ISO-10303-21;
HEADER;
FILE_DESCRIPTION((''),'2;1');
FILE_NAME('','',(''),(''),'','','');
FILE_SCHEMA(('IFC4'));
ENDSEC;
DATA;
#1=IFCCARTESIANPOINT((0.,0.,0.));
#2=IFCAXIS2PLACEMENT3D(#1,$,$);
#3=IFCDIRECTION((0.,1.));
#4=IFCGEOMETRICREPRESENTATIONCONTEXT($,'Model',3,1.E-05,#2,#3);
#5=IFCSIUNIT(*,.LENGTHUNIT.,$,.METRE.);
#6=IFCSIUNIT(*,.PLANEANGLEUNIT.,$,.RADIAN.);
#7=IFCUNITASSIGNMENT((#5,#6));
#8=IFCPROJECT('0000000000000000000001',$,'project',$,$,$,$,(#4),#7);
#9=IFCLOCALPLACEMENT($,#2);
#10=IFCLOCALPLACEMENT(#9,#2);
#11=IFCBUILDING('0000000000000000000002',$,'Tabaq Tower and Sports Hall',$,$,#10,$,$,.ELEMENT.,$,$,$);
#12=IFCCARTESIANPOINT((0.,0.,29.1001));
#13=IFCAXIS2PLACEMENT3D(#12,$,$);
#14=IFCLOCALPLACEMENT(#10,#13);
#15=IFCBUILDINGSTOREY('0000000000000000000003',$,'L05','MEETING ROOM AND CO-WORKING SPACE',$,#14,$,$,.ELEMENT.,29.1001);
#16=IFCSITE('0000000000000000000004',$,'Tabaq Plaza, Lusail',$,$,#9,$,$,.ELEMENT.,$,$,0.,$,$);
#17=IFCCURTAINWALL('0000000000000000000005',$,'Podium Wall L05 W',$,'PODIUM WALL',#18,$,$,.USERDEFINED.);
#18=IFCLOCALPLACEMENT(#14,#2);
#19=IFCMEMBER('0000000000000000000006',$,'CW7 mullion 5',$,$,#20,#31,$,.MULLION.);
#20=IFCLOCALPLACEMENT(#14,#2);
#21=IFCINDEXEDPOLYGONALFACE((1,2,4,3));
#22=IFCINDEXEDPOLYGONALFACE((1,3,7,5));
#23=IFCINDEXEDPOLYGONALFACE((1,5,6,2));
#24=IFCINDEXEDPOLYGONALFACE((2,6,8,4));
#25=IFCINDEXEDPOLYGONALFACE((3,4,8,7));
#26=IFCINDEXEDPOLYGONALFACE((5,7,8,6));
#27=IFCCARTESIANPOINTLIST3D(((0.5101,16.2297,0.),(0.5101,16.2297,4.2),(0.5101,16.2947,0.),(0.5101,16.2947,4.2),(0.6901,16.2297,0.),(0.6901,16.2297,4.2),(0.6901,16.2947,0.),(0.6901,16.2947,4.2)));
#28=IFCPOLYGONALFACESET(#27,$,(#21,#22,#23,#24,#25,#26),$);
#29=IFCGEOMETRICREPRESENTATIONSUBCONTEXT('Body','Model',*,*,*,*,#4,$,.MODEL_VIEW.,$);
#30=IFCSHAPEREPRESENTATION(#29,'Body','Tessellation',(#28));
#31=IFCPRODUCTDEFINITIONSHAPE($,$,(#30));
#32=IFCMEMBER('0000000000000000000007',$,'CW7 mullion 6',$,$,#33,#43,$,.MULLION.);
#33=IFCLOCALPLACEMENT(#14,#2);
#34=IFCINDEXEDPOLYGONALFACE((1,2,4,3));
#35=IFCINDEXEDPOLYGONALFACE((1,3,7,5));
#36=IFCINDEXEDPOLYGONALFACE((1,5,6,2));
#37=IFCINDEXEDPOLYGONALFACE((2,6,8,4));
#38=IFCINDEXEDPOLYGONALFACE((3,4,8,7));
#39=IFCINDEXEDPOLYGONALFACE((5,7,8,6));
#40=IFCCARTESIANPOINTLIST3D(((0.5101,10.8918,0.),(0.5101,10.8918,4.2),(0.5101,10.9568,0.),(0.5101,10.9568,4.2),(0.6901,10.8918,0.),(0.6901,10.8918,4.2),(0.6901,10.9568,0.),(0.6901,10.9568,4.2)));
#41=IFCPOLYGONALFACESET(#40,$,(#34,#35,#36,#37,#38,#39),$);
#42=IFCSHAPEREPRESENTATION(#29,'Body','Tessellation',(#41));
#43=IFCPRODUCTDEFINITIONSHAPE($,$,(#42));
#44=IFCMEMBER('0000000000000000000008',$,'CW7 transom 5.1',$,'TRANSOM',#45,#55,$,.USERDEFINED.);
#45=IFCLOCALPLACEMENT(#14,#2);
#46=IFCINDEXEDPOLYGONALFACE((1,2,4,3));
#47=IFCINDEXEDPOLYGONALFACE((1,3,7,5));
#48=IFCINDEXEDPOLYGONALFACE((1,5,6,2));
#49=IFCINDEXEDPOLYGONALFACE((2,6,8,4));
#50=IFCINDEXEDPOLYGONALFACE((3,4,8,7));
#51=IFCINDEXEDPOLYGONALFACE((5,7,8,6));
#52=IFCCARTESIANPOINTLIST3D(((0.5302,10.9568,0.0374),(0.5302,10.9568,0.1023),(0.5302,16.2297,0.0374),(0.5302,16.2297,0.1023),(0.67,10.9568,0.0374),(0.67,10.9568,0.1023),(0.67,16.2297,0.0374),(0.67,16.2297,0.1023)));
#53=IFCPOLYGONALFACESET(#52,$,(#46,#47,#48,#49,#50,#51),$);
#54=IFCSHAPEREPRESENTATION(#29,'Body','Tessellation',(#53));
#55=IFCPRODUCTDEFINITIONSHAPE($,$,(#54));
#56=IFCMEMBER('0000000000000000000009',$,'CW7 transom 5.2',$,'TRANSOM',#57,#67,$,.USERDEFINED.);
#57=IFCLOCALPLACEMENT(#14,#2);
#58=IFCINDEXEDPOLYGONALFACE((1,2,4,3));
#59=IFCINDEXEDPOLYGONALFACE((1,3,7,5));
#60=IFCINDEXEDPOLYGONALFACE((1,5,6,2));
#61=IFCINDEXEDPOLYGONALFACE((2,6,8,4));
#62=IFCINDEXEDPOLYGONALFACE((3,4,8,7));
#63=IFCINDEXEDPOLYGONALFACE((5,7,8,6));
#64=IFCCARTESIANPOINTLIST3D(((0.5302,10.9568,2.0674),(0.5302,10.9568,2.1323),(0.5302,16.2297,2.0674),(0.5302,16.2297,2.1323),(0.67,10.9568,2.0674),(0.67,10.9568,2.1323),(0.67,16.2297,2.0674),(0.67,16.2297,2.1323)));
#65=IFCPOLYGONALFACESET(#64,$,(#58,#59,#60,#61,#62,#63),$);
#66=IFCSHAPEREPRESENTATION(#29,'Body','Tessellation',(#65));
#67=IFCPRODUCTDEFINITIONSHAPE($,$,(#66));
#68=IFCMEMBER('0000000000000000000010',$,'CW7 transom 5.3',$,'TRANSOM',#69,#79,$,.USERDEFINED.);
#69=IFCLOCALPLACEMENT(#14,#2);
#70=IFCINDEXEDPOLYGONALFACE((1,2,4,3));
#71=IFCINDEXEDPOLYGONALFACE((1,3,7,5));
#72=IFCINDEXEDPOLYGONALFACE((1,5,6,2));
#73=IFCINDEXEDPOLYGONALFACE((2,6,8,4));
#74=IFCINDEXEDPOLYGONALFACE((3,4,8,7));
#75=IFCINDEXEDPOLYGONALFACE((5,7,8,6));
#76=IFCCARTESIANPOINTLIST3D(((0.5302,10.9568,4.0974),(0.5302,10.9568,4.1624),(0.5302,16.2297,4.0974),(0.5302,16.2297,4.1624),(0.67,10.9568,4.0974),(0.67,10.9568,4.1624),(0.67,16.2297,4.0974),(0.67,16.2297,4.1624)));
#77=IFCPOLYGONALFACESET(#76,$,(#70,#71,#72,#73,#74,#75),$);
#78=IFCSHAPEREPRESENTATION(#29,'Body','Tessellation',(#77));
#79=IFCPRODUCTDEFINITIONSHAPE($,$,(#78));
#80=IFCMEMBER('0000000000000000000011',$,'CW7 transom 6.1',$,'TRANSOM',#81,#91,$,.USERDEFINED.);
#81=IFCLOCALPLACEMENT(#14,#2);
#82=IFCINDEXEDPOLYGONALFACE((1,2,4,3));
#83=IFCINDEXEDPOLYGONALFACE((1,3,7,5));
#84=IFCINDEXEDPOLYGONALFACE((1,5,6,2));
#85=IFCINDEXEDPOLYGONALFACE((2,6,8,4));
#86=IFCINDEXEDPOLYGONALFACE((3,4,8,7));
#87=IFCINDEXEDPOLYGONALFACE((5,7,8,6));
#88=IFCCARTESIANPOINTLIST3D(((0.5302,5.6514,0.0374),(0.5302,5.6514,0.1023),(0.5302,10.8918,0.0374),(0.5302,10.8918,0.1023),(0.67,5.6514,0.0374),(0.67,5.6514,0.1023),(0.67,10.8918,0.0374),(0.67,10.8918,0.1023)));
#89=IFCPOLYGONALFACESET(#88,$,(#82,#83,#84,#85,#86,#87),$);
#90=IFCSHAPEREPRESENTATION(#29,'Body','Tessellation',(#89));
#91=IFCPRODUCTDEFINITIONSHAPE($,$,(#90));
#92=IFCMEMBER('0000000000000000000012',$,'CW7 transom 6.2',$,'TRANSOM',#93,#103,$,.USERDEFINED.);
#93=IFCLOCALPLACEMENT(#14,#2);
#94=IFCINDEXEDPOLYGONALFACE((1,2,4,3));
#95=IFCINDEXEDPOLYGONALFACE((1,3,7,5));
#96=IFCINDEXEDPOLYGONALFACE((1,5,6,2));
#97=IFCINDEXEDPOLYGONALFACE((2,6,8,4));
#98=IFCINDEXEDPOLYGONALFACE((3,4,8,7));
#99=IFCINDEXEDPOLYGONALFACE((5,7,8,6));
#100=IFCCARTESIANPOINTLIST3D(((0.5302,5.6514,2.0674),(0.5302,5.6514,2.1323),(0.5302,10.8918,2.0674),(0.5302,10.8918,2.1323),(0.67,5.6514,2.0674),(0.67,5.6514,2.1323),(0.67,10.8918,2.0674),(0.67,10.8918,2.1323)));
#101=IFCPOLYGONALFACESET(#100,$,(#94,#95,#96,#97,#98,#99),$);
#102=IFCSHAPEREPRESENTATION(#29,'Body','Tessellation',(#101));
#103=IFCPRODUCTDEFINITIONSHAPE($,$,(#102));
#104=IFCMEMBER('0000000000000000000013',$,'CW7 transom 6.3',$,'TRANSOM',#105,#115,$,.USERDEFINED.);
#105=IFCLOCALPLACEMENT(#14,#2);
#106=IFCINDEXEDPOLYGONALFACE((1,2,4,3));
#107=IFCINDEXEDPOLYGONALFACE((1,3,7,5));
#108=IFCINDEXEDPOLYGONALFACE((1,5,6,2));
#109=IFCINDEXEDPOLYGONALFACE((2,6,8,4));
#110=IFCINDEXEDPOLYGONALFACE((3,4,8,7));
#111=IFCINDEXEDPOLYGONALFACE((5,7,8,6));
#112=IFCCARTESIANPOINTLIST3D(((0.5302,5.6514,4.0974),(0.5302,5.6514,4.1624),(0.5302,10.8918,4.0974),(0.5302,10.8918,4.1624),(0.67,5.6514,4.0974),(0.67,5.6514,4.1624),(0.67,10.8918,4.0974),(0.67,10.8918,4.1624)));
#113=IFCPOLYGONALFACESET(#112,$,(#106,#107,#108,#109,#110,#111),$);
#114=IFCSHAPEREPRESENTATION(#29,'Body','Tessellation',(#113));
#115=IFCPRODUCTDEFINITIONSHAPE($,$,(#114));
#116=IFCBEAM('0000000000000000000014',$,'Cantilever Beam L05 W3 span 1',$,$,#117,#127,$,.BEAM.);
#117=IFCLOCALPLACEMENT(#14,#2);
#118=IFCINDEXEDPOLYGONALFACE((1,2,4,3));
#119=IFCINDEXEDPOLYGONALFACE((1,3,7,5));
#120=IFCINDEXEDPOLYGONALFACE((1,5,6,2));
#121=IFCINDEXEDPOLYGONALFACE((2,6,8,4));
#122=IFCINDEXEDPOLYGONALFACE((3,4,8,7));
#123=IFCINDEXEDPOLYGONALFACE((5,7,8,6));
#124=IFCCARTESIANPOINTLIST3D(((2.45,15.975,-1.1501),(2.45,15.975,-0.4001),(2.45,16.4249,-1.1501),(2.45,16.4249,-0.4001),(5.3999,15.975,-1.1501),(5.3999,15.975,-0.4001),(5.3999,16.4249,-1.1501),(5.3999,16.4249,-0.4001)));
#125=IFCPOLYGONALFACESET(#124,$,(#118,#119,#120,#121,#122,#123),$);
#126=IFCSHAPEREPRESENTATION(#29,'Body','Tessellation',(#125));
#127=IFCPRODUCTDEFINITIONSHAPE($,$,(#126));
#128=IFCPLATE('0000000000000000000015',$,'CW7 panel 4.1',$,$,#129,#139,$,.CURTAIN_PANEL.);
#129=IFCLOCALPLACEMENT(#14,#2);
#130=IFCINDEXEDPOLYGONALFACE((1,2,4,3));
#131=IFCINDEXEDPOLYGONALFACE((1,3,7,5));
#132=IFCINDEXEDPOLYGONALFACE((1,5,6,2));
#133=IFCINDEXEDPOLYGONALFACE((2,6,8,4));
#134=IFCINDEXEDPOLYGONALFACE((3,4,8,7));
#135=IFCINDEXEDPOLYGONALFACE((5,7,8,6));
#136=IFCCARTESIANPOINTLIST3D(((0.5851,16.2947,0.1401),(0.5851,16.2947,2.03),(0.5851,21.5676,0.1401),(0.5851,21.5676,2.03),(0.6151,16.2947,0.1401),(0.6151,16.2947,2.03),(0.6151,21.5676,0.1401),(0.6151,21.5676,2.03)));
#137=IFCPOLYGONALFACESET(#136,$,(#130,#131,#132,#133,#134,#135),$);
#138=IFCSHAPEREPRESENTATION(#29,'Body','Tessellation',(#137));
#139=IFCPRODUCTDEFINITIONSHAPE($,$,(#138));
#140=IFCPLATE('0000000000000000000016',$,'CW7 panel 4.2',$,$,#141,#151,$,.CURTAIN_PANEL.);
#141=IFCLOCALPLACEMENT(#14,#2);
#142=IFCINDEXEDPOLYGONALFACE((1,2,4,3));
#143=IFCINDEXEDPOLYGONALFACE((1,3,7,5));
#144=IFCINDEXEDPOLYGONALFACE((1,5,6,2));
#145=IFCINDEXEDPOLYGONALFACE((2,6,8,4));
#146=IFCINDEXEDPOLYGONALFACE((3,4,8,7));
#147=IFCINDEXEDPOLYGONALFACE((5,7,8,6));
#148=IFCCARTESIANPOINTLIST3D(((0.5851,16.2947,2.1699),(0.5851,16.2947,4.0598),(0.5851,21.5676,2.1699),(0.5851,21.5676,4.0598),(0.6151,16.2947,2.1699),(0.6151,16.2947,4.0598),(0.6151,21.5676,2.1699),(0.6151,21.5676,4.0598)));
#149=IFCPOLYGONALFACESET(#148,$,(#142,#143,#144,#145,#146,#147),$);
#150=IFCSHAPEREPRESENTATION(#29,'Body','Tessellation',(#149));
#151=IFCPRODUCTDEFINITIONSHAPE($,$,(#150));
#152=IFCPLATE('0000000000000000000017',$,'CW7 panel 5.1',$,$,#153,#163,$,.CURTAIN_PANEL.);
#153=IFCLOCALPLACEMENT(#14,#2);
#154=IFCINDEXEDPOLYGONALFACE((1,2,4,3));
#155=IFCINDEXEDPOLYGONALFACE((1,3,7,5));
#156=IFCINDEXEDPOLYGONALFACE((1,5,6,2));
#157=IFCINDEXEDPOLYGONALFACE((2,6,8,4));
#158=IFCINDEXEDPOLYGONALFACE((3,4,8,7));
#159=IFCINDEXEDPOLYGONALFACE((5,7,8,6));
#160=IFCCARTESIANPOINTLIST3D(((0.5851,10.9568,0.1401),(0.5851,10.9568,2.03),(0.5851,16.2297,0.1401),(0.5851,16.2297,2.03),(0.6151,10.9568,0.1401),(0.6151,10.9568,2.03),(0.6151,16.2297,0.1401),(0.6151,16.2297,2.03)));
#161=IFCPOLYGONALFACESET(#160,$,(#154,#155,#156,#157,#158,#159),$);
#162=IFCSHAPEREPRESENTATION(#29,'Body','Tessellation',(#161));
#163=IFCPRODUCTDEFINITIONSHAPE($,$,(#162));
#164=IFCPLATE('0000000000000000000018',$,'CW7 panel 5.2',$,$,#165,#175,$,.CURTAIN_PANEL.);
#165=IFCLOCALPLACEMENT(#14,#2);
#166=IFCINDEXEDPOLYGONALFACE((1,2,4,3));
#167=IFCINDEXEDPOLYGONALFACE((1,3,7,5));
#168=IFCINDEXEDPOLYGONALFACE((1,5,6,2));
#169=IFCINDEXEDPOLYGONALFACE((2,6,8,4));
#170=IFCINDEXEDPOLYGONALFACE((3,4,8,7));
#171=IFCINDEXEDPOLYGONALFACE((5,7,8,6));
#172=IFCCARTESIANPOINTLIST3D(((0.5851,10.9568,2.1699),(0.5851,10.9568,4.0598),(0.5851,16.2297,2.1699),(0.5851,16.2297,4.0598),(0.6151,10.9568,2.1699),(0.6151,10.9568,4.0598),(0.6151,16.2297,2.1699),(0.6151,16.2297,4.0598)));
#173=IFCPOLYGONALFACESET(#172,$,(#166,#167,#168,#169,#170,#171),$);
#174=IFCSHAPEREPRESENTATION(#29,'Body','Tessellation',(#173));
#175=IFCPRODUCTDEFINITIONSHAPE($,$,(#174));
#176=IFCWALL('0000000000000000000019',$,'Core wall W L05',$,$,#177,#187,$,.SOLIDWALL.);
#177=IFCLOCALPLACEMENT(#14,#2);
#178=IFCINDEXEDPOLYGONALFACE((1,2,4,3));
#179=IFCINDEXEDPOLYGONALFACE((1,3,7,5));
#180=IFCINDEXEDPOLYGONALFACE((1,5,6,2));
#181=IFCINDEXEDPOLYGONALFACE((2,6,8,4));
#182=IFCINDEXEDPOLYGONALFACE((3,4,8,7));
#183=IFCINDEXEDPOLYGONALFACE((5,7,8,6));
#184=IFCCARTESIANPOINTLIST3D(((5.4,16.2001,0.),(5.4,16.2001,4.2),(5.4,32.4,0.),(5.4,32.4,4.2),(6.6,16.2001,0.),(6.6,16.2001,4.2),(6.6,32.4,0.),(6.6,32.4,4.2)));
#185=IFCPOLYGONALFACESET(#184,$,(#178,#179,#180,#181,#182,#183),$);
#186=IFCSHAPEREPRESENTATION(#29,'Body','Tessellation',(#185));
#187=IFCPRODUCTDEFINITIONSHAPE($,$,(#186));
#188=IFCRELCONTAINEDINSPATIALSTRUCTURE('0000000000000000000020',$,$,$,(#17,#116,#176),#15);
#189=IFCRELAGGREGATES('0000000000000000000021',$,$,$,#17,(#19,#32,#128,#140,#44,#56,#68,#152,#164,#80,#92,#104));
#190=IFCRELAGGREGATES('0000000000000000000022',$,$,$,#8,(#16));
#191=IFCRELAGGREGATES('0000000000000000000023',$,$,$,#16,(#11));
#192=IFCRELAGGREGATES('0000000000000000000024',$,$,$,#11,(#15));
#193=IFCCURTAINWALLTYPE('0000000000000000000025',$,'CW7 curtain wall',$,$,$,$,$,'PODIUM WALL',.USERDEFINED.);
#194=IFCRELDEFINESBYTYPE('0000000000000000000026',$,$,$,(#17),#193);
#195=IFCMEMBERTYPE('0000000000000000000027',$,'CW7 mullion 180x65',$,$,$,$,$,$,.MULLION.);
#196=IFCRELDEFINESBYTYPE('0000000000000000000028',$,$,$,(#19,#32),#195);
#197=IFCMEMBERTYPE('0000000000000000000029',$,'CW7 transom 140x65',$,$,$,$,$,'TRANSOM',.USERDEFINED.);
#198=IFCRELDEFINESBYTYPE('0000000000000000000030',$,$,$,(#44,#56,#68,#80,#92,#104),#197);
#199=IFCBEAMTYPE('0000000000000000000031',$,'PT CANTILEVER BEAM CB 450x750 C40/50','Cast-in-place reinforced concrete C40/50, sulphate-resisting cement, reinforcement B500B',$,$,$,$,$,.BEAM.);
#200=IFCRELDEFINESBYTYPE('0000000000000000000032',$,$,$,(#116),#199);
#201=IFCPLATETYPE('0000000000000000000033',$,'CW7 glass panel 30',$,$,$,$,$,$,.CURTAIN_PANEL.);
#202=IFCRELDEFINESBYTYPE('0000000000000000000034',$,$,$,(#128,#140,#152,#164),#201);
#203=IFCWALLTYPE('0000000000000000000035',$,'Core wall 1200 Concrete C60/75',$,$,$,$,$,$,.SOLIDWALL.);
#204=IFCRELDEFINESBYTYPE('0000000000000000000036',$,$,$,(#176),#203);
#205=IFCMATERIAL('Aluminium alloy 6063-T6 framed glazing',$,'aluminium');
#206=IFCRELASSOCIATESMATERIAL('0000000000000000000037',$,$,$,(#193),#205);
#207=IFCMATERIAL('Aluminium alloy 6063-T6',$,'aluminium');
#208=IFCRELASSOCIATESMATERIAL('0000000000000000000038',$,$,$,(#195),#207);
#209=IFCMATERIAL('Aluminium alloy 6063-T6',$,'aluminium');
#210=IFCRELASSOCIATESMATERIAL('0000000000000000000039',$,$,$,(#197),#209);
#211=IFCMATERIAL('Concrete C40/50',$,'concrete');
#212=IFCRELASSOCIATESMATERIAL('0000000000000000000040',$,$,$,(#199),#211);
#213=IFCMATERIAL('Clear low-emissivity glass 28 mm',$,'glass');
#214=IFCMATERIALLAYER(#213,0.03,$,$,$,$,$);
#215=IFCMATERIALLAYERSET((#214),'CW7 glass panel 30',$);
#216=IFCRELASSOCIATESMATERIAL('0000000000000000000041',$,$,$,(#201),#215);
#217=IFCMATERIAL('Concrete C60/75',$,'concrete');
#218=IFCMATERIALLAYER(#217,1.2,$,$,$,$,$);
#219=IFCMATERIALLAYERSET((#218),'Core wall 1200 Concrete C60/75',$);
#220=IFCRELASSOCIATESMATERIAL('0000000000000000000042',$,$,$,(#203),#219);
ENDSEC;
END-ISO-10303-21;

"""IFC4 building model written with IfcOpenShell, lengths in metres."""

from ifc_helpers import new_model, si_unit, direction, frame, frame_2d, origin, origin_2d, place, context, subcontext, project, spatial, rectangle, extrude, material, layer, layer_set, material_profile, profile_set, type_object, element, aggregate, save


model = new_model("IFC4")

# Units and contexts
model_context = context("Model", 3, precision=1e-05, world=origin(), true_north=direction((0.0, 1.0)))
body_context = subcontext(model_context, "Body", "Model", "MODEL_VIEW")
ifc_project = project(units=[si_unit("LENGTHUNIT", "METRE"), si_unit("PLANEANGLEUNIT", "RADIAN")], contexts=[model_context])

# Site, building, storey
site_placement = place(None, origin())
site = spatial("IfcSite", under=ifc_project, at=site_placement, Name="Tabaq Plaza, Lusail", CompositionType="ELEMENT", RefElevation=0.0)
building_placement = place(site_placement, origin())
building = spatial("IfcBuilding", under=site, at=building_placement, Name="Tabaq Tower and Sports Hall", CompositionType="ELEMENT")
storey_placement = place(building_placement, frame((0.0, 0.0, 29.1001)))
storey = spatial("IfcBuildingStorey", under=building, at=storey_placement, Name="L05", Description="MEETING ROOM AND CO-WORKING SPACE", CompositionType="ELEMENT", Elevation=29.1001)

# Curtain wall, members
ifc_material_1 = material(Name="Aluminium alloy 6063-T6 framed glazing", Category="aluminium")
curtain_wall_type = type_object("IfcCurtainWallType", Name="CW7 curtain wall", ElementType="PODIUM WALL", PredefinedType="USERDEFINED", material=ifc_material_1)
curtain_wall_placement = place(storey_placement, origin())
curtain_wall = element("IfcCurtainWall", 1, at=curtain_wall_placement, inside=storey, type_object=curtain_wall_type, Name="Podium Wall L05 W", ObjectType="PODIUM WALL", PredefinedType="USERDEFINED")
ifc_material_2 = material(Name="Aluminium alloy 6063-T6", Category="aluminium")
ifc_material_profile_1 = material_profile(ifc_material_2, rectangle(XDim=0.1799, YDim=0.0649, at=origin_2d()), Name="MULLION 180x65")
ifc_profile_set_1 = profile_set([ifc_material_profile_1], Name="Aluminium alloy 6063-T6")
member_type_1 = type_object("IfcMemberType", Name="CW7 mullion 180x65", PredefinedType="MULLION", material=ifc_profile_set_1)
member_1_placement = place(storey_placement, frame((0.6001, 16.2622, 0.0), z_axis=(0.0, 0.0, 1.0), x_axis=(1.0, 0.0, 0.0)))
member_1 = element("IfcMember", 2, at=member_1_placement, type_object=member_type_1, Name="CW7 mullion 5", PredefinedType="MULLION", context=body_context, shape_type="SweptSolid", body=[
    extrude(rectangle(XDim=0.1799, YDim=0.0649, at=origin_2d()), origin(), (0.0, 0.0, 1.0), 4.2),
])
member_2_placement = place(storey_placement, frame((0.6001, 10.9243, 0.0), z_axis=(0.0, 0.0, 1.0), x_axis=(1.0, 0.0, 0.0)))
member_2 = element("IfcMember", 3, at=member_2_placement, type_object=member_type_1, Name="CW7 mullion 6", PredefinedType="MULLION", context=body_context, shape_type="SweptSolid", body=[
    extrude(rectangle(XDim=0.1799, YDim=0.0649, at=origin_2d()), origin(), (0.0, 0.0, 1.0), 4.2),
])
ifc_material_3 = material(Name="Aluminium alloy 6063-T6", Category="aluminium")
ifc_material_profile_2 = material_profile(ifc_material_3, rectangle(XDim=0.1399, YDim=0.0649, at=origin_2d()), Name="TRANSOM 140x65")
ifc_profile_set_2 = profile_set([ifc_material_profile_2], Name="Aluminium alloy 6063-T6")
member_type_2 = type_object("IfcMemberType", Name="CW7 transom 140x65", ElementType="TRANSOM", PredefinedType="USERDEFINED", material=ifc_profile_set_2)
member_3_placement = place(storey_placement, frame((0.6001, 16.2297, 0.0698), z_axis=(0.0, -1.0, 0.0), x_axis=(1.0, 0.0, 0.0)))
member_3 = element("IfcMember", 4, at=member_3_placement, type_object=member_type_2, Name="CW7 transom 5.1", ObjectType="TRANSOM", PredefinedType="USERDEFINED", context=body_context, shape_type="SweptSolid", body=[
    extrude(rectangle(XDim=0.1399, YDim=0.0649, at=origin_2d()), origin(), (0.0, 0.0, 1.0), 5.2729),
])
member_4_placement = place(storey_placement, frame((0.6001, 16.2297, 2.0999), z_axis=(0.0, -1.0, 0.0), x_axis=(1.0, 0.0, 0.0)))
member_4 = element("IfcMember", 5, at=member_4_placement, type_object=member_type_2, Name="CW7 transom 5.2", ObjectType="TRANSOM", PredefinedType="USERDEFINED", context=body_context, shape_type="SweptSolid", body=[
    extrude(rectangle(XDim=0.1399, YDim=0.0649, at=origin_2d()), origin(), (0.0, 0.0, 1.0), 5.2729),
])
member_5_placement = place(storey_placement, frame((0.6001, 16.2297, 4.1299), z_axis=(0.0, -1.0, 0.0), x_axis=(1.0, 0.0, 0.0)))
member_5 = element("IfcMember", 6, at=member_5_placement, type_object=member_type_2, Name="CW7 transom 5.3", ObjectType="TRANSOM", PredefinedType="USERDEFINED", context=body_context, shape_type="SweptSolid", body=[
    extrude(rectangle(XDim=0.1399, YDim=0.0649, at=origin_2d()), origin(), (0.0, 0.0, 1.0), 5.2729),
])
member_6_placement = place(storey_placement, frame((0.6001, 10.8918, 0.0698), z_axis=(0.0, -1.0, 0.0), x_axis=(1.0, 0.0, 0.0)))
member_6 = element("IfcMember", 7, at=member_6_placement, type_object=member_type_2, Name="CW7 transom 6.1", ObjectType="TRANSOM", PredefinedType="USERDEFINED", context=body_context, shape_type="SweptSolid", body=[
    extrude(rectangle(XDim=0.1399, YDim=0.0649, at=origin_2d()), origin(), (0.0, 0.0, 1.0), 5.2405),
])
member_7_placement = place(storey_placement, frame((0.6001, 10.8918, 2.0999), z_axis=(0.0, -1.0, 0.0), x_axis=(1.0, 0.0, 0.0)))
member_7 = element("IfcMember", 8, at=member_7_placement, type_object=member_type_2, Name="CW7 transom 6.2", ObjectType="TRANSOM", PredefinedType="USERDEFINED", context=body_context, shape_type="SweptSolid", body=[
    extrude(rectangle(XDim=0.1399, YDim=0.0649, at=origin_2d()), origin(), (0.0, 0.0, 1.0), 5.2405),
])
member_8_placement = place(storey_placement, frame((0.6001, 10.8918, 4.1299), z_axis=(0.0, -1.0, 0.0), x_axis=(1.0, 0.0, 0.0)))
member_8 = element("IfcMember", 9, at=member_8_placement, type_object=member_type_2, Name="CW7 transom 6.3", ObjectType="TRANSOM", PredefinedType="USERDEFINED", context=body_context, shape_type="SweptSolid", body=[
    extrude(rectangle(XDim=0.1399, YDim=0.0649, at=origin_2d()), origin(), (0.0, 0.0, 1.0), 5.2405),
])

# Beam
ifc_material_4 = material(Name="Concrete C40/50", Category="concrete")
ifc_material_profile_3 = material_profile(ifc_material_4, rectangle(XDim=0.45, YDim=0.75, at=origin_2d()), Name="CB 450x750")
ifc_profile_set_3 = profile_set([ifc_material_profile_3], Name="Concrete C40/50")
beam_type = type_object("IfcBeamType", Name="PT CANTILEVER BEAM CB 450x750 C40/50", Description="Cast-in-place reinforced concrete C40/50, sulphate-resisting cement, reinforcement B500B", PredefinedType="BEAM", material=ifc_profile_set_3)
beam_placement = place(storey_placement, frame((2.45, 16.2, -0.7751), z_axis=(1.0, 0.0, 0.0), x_axis=(0.0, 1.0, 0.0)))
element("IfcBeam", 10, at=beam_placement, inside=storey, type_object=beam_type, Name="Cantilever Beam L05 W3 span 1", PredefinedType="BEAM", context=body_context, shape_type="SweptSolid", body=[
    extrude(rectangle(XDim=0.45, YDim=0.75, at=origin_2d()), origin(), (0.0, 0.0, 1.0), 2.95),
])

# Plates
ifc_material_5 = material(Name="Clear low-emissivity glass 28 mm", Category="glass")
ifc_layer_1 = layer(ifc_material_5, 0.03)
ifc_layer_set_1 = layer_set([ifc_layer_1], Name="CW7 glass panel 30")
plate_type = type_object("IfcPlateType", Name="CW7 glass panel 30", PredefinedType="CURTAIN_PANEL", material=ifc_layer_set_1)
plate_1_placement = place(storey_placement, frame((0.6001, 18.9312, 0.1401), z_axis=(0.0, 0.0, 1.0), x_axis=(0.0, -1.0, 0.0)))
plate_1 = element("IfcPlate", 11, at=plate_1_placement, type_object=plate_type, Name="CW7 panel 4.1", PredefinedType="CURTAIN_PANEL", context=body_context, shape_type="SweptSolid", body=[
    extrude(rectangle(XDim=5.2729, YDim=0.03, at=origin_2d()), origin(), (0.0, 0.0, 1.0), 1.8899),
])
plate_2_placement = place(storey_placement, frame((0.6001, 18.9312, 2.1699), z_axis=(0.0, 0.0, 1.0), x_axis=(0.0, -1.0, 0.0)))
plate_2 = element("IfcPlate", 12, at=plate_2_placement, type_object=plate_type, Name="CW7 panel 4.2", PredefinedType="CURTAIN_PANEL", context=body_context, shape_type="SweptSolid", body=[
    extrude(rectangle(XDim=5.2729, YDim=0.03, at=origin_2d()), origin(), (0.0, 0.0, 1.0), 1.8899),
])
plate_3_placement = place(storey_placement, frame((0.6001, 13.5933, 0.1401), z_axis=(0.0, 0.0, 1.0), x_axis=(0.0, -1.0, 0.0)))
plate_3 = element("IfcPlate", 13, at=plate_3_placement, type_object=plate_type, Name="CW7 panel 5.1", PredefinedType="CURTAIN_PANEL", context=body_context, shape_type="SweptSolid", body=[
    extrude(rectangle(XDim=5.2729, YDim=0.03, at=origin_2d()), origin(), (0.0, 0.0, 1.0), 1.8899),
])
plate_4_placement = place(storey_placement, frame((0.6001, 13.5933, 2.1699), z_axis=(0.0, 0.0, 1.0), x_axis=(0.0, -1.0, 0.0)))
plate_4 = element("IfcPlate", 14, at=plate_4_placement, type_object=plate_type, Name="CW7 panel 5.2", PredefinedType="CURTAIN_PANEL", context=body_context, shape_type="SweptSolid", body=[
    extrude(rectangle(XDim=5.2729, YDim=0.03, at=origin_2d()), origin(), (0.0, 0.0, 1.0), 1.8899),
])
aggregate(curtain_wall, [member_1, member_2, plate_1, plate_2, member_3, member_4, member_5, plate_3, plate_4, member_6, member_7, member_8])

# Wall
ifc_material_6 = material(Name="Concrete C60/75", Category="concrete")
ifc_layer_2 = layer(ifc_material_6, 1.2)
ifc_layer_set_2 = layer_set([ifc_layer_2], Name="Core wall 1200 Concrete C60/75")
wall_type_1 = type_object("IfcWallType", Name="Core wall 1200 Concrete C60/75", PredefinedType="SOLIDWALL", material=ifc_layer_set_2)
wall_1_placement = place(storey_placement, frame((6.0, 16.2, 0.0), z_axis=(0.0, 0.0, 1.0), x_axis=(0.0, 1.0, 0.0)))
element("IfcWall", 15, at=wall_1_placement, inside=storey, type_object=wall_type_1, Name="Core wall W L05", PredefinedType="SOLIDWALL", context=body_context, shape_type="SweptSolid", body=[
    extrude(rectangle(XDim=16.2, YDim=1.2, at=frame_2d((8.1001, 0.0))), origin(), (0.0, 0.0, 1.0), 4.2),
])

save(model, "model.ifc")
